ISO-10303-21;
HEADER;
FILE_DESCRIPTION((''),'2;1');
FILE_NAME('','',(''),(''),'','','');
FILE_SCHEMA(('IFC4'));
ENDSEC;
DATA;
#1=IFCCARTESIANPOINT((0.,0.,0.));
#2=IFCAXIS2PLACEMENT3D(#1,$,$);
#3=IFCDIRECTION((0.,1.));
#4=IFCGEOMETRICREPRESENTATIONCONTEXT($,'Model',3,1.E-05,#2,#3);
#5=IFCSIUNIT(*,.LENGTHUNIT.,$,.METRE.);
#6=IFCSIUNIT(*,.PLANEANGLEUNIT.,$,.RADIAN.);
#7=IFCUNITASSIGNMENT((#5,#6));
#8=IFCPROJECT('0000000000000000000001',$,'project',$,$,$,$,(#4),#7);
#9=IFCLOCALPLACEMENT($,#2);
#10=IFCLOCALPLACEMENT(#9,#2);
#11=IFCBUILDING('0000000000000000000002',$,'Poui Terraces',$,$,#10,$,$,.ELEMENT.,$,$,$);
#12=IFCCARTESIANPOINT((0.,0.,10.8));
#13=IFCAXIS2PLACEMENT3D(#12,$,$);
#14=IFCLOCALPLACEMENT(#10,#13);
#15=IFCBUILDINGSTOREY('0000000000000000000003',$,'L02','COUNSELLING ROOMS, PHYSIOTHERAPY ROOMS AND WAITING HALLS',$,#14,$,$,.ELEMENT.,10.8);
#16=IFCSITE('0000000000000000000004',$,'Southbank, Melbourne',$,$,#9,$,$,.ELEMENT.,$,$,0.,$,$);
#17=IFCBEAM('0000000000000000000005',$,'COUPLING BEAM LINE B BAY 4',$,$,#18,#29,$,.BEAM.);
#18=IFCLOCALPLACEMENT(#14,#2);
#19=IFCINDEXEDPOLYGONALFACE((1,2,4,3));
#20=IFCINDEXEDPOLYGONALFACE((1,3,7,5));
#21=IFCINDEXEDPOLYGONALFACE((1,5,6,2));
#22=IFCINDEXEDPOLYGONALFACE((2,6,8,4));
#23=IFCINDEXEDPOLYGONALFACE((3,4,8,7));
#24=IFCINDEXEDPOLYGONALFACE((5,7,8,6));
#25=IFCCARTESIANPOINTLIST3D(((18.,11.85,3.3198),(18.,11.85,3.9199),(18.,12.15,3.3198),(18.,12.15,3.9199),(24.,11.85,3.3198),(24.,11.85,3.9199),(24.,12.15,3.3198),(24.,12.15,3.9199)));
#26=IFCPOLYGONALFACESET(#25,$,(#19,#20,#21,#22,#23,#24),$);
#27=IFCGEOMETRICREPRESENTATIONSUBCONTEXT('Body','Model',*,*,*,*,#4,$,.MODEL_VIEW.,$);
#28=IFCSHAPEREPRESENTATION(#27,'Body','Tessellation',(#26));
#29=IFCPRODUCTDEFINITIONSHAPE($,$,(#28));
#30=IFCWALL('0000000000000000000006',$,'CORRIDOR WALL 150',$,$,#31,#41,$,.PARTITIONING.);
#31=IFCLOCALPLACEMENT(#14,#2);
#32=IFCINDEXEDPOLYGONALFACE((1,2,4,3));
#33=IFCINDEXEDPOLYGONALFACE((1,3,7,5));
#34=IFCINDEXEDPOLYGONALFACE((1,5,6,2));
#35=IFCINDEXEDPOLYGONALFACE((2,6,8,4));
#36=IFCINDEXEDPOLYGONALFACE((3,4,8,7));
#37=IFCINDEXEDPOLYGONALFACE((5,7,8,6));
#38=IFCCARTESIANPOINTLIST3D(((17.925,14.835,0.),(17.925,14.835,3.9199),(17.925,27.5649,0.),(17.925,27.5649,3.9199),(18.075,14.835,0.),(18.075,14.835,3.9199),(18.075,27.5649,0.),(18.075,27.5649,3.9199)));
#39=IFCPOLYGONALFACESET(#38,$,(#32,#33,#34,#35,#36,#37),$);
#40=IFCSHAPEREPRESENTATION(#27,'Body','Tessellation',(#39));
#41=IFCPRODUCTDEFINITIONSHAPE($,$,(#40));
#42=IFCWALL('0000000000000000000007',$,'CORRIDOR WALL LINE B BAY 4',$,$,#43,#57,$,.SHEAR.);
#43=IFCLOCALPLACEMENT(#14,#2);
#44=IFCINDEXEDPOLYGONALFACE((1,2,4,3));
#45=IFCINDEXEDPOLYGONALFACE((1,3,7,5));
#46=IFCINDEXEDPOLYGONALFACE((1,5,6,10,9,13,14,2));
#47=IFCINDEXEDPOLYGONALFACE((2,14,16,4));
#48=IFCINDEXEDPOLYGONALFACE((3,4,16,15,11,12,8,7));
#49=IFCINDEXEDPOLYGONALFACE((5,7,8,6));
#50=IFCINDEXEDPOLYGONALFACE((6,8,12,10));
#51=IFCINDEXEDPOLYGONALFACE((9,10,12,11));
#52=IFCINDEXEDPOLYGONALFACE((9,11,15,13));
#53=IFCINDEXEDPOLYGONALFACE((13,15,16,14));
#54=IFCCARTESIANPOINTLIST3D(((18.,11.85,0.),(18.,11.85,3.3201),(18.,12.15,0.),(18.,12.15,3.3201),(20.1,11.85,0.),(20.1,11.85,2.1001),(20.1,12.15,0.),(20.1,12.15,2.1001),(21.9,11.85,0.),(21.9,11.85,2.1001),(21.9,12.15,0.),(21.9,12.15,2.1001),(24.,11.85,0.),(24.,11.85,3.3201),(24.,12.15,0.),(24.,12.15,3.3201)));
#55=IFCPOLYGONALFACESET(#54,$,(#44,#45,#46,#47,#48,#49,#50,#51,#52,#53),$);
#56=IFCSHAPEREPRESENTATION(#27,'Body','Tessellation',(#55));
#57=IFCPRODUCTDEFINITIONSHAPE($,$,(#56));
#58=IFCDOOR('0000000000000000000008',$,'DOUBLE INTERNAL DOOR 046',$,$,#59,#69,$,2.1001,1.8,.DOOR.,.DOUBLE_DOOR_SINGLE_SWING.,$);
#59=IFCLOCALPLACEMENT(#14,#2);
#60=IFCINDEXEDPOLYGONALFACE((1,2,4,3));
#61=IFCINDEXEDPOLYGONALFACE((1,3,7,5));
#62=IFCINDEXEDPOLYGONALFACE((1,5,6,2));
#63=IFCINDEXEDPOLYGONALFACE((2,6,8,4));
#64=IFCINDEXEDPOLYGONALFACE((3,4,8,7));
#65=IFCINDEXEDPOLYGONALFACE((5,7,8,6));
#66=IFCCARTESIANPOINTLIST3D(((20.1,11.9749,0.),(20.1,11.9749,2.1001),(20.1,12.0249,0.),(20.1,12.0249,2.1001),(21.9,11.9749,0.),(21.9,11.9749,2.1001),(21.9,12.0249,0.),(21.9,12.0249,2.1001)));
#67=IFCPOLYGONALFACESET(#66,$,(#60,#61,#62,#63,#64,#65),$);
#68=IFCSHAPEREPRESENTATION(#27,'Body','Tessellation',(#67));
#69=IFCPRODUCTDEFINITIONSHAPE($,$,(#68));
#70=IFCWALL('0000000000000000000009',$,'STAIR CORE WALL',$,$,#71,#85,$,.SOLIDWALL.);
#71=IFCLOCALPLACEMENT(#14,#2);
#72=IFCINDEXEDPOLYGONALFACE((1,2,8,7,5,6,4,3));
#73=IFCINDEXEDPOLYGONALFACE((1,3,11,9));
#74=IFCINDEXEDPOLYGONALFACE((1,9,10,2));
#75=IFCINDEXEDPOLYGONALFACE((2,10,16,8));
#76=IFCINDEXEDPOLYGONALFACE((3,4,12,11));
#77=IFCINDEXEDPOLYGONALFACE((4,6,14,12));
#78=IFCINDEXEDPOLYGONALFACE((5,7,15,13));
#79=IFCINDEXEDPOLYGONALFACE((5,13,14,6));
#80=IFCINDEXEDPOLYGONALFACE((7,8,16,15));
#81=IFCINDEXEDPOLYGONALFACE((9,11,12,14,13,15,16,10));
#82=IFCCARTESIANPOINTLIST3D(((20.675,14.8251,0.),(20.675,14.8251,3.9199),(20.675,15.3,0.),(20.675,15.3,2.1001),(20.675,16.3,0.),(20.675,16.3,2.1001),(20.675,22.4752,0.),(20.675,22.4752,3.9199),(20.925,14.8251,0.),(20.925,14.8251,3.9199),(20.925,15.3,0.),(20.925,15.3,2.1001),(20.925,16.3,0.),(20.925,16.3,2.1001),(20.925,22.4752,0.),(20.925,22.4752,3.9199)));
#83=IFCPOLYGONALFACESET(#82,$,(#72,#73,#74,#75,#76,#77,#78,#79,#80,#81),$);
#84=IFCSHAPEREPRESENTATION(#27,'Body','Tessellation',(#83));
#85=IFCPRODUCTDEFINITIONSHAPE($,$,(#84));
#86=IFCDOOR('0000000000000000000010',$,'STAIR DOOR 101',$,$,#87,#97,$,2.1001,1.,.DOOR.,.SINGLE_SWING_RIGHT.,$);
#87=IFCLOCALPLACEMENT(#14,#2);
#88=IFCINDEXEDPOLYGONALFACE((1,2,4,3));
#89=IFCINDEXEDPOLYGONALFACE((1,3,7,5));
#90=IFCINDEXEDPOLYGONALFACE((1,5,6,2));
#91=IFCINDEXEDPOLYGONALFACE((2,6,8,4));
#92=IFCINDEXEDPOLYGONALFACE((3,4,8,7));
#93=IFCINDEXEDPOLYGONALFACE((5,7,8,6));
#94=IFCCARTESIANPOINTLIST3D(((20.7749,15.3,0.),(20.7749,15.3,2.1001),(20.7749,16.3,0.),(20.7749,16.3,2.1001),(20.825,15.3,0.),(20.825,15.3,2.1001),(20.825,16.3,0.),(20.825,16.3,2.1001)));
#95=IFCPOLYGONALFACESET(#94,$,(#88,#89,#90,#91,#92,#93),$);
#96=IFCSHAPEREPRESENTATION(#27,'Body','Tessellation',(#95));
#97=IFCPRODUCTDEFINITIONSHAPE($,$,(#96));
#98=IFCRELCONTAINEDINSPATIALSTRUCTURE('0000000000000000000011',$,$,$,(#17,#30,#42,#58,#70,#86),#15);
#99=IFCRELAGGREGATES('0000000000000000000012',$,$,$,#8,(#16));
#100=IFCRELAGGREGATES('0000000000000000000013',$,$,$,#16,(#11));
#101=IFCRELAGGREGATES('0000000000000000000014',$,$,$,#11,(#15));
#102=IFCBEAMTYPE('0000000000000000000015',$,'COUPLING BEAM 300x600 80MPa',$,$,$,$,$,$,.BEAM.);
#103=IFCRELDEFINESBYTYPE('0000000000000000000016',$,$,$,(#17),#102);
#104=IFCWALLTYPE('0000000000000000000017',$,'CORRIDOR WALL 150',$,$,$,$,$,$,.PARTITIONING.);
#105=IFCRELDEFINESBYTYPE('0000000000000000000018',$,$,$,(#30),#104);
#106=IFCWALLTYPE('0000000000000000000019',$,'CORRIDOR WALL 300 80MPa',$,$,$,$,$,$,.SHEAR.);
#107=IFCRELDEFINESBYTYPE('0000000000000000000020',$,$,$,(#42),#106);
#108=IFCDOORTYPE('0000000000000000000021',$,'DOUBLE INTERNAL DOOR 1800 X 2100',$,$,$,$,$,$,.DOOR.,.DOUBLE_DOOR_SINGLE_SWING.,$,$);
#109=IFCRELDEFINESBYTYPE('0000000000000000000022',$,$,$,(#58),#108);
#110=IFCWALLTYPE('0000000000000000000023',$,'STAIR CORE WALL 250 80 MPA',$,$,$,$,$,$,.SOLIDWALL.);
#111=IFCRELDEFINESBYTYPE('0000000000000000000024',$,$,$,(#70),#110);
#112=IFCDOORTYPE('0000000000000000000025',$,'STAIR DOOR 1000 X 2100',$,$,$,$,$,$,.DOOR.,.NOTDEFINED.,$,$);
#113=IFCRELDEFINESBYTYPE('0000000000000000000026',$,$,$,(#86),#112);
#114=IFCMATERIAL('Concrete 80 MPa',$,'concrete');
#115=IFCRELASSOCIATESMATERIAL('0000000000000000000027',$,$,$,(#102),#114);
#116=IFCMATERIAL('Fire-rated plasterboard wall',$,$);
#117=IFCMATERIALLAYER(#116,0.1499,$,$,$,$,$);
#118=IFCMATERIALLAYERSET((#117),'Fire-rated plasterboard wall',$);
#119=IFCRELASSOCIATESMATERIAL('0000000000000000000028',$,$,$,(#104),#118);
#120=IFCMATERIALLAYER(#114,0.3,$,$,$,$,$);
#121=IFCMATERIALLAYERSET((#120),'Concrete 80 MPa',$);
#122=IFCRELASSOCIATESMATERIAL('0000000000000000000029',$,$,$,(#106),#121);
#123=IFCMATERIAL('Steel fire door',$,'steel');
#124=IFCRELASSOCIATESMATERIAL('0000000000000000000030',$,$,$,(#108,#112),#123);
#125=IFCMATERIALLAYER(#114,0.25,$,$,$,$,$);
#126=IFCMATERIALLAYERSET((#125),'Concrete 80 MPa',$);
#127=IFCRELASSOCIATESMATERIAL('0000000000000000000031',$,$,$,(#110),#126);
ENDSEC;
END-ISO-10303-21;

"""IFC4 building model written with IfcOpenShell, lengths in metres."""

from ifc_helpers import new_model, si_unit, direction, frame, frame_2d, origin, origin_2d, place, context, subcontext, project, spatial, rectangle, extrude, source, transform, mapped, material, layer, layer_set, material_profile, profile_set, type_object, element, fill, save


model = new_model("IFC4")

# Units and contexts
model_context = context("Model", 3, precision=1e-05, world=origin(), true_north=direction((0.0, 1.0)))
body_context = subcontext(model_context, "Body", "Model", "MODEL_VIEW")
ifc_project = project(units=[si_unit("LENGTHUNIT", "METRE"), si_unit("PLANEANGLEUNIT", "RADIAN")], contexts=[model_context])

# Site, building, storey
site_placement = place(None, origin())
site = spatial("IfcSite", under=ifc_project, at=site_placement, Name="Southbank, Melbourne", CompositionType="ELEMENT", RefElevation=0.0)
building_placement = place(site_placement, origin())
building = spatial("IfcBuilding", under=site, at=building_placement, Name="Poui Terraces", CompositionType="ELEMENT")
storey_placement = place(building_placement, frame((0.0, 0.0, 10.8)))
storey = spatial("IfcBuildingStorey", under=building, at=storey_placement, Name="L02", Description="COUNSELLING ROOMS, PHYSIOTHERAPY ROOMS AND WAITING HALLS", CompositionType="ELEMENT", Elevation=10.8)

# Beam
ifc_material_1 = material(Name="Concrete 80 MPa", Category="concrete")
ifc_material_profile = material_profile(ifc_material_1, rectangle(XDim=0.3, YDim=0.6001, at=origin_2d()), Name="RC 300x600")
ifc_profile_set = profile_set([ifc_material_profile], Name="Concrete 80 MPa")
beam_type = type_object("IfcBeamType", Name="COUPLING BEAM 300x600 80MPa", PredefinedType="BEAM", material=ifc_profile_set)
shared_shape = source(origin(), body_context, "Body", "SweptSolid", [
    extrude(rectangle(XDim=0.3, YDim=0.6001, at=origin_2d()), origin(), (0.0, 0.0, 1.0), 6.0),
])
beam_placement = place(storey_placement, frame((18.0, 12.0, 3.6199), z_axis=(1.0, 0.0, 0.0), x_axis=(0.0, 1.0, 0.0)))
element("IfcBeam", 1, at=beam_placement, inside=storey, type_object=beam_type, Name="COUPLING BEAM LINE B BAY 4", PredefinedType="BEAM", context=body_context, shape_type="MappedRepresentation", body=[
    mapped(shared_shape, transform((0.0, 0.0, 0.0))),
])

# Wall
ifc_material_2 = material(Name="Fire-rated plasterboard wall")
ifc_layer_1 = layer(ifc_material_2, 0.1499)
ifc_layer_set_1 = layer_set([ifc_layer_1], Name="Fire-rated plasterboard wall")
wall_type_1 = type_object("IfcWallType", Name="CORRIDOR WALL 150", PredefinedType="PARTITIONING", material=ifc_layer_set_1)
wall_1_placement = place(storey_placement, frame((18.0, 14.835, 0.0), z_axis=(0.0, 0.0, 1.0), x_axis=(0.0, 1.0, 0.0)))
element("IfcWall", 2, at=wall_1_placement, inside=storey, type_object=wall_type_1, Name="CORRIDOR WALL 150", PredefinedType="PARTITIONING", context=body_context, shape_type="SweptSolid", body=[
    extrude(rectangle(XDim=12.73, YDim=0.1499, at=frame_2d((6.365, 0.0))), origin(), (0.0, 0.0, 1.0), 3.9199),
])

# Wall, opening, door
ifc_layer_2 = layer(ifc_material_1, 0.3)
ifc_layer_set_2 = layer_set([ifc_layer_2], Name="Concrete 80 MPa")
wall_type_2 = type_object("IfcWallType", Name="CORRIDOR WALL 300 80MPa", PredefinedType="SHEAR", material=ifc_layer_set_2)
wall_2_placement = place(storey_placement, frame((18.0, 12.0, 0.0), z_axis=(0.0, 0.0, 1.0), x_axis=(1.0, 0.0, 0.0)))
wall_2 = element("IfcWall", 3, at=wall_2_placement, inside=storey, type_object=wall_type_2, Name="CORRIDOR WALL LINE B BAY 4", PredefinedType="SHEAR", context=body_context, shape_type="SweptSolid", body=[
    extrude(rectangle(XDim=6.0, YDim=0.3, at=frame_2d((3.0, 0.0))), origin(), (0.0, 0.0, 1.0), 3.3201),
])
opening_1_placement = place(wall_2_placement, frame((2.1001, 0.0, 0.0)))
opening_1 = element("IfcOpeningElement", 4, at=opening_1_placement, cuts=wall_2, PredefinedType="OPENING", context=body_context, shape_type="SweptSolid", body=[
    extrude(rectangle(XDim=1.8, YDim=2.1001, at=frame_2d((0.8999, 1.05))), frame((0.0, 0.1602, 0.0), z_axis=(0.0, -1.0, 0.0), x_axis=(1.0, 0.0, 0.0)), (0.0, 0.0, 1.0), 0.3201),
])
ifc_material_3 = material(Name="Steel fire door", Category="steel")
door_type_1 = type_object("IfcDoorType", Name="DOUBLE INTERNAL DOOR 1800 X 2100", OperationType="DOUBLE_DOOR_SINGLE_SWING", PredefinedType="DOOR", material=ifc_material_3)
door_1_placement = place(opening_1_placement, origin())
door_1 = element("IfcDoor", 5, at=door_1_placement, inside=storey, type_object=door_type_1, Name="DOUBLE INTERNAL DOOR 046", OperationType="DOUBLE_DOOR_SINGLE_SWING", OverallHeight=2.1001, OverallWidth=1.8, PredefinedType="DOOR", context=body_context, shape_type="SweptSolid", body=[
    extrude(rectangle(XDim=1.8, YDim=2.1001, at=frame_2d((0.8999, 1.05))), frame((0.0, 0.0249, 0.0), z_axis=(0.0, -1.0, 0.0), x_axis=(1.0, 0.0, 0.0)), (0.0, 0.0, 1.0), 0.05),
])
fill(opening_1, door_1)

# Shared definitions
door_type_2 = type_object("IfcDoorType", Name="STAIR DOOR 1000 X 2100", OperationType="NOTDEFINED", PredefinedType="DOOR", material=ifc_material_3)

# Wall, opening, door
ifc_layer_3 = layer(ifc_material_1, 0.25)
ifc_layer_set_3 = layer_set([ifc_layer_3], Name="Concrete 80 MPa")
wall_type_3 = type_object("IfcWallType", Name="STAIR CORE WALL 250 80 MPA", PredefinedType="SOLIDWALL", material=ifc_layer_set_3)
wall_3_placement = place(storey_placement, frame((20.8, 14.825, 0.0), z_axis=(0.0, 0.0, 1.0), x_axis=(0.0, 1.0, 0.0)))
wall_3 = element("IfcWall", 6, at=wall_3_placement, inside=storey, type_object=wall_type_3, Name="STAIR CORE WALL", PredefinedType="SOLIDWALL", context=body_context, shape_type="SweptSolid", body=[
    extrude(rectangle(XDim=7.6501, YDim=0.25, at=frame_2d((3.8252, 0.0))), origin(), (0.0, 0.0, 1.0), 3.9199),
])
opening_2_placement = place(wall_3_placement, frame((0.4751, 0.0, 0.0)))
opening_2 = element("IfcOpeningElement", 7, at=opening_2_placement, cuts=wall_3, PredefinedType="OPENING", context=body_context, shape_type="SweptSolid", body=[
    extrude(rectangle(XDim=1.0, YDim=2.1001, at=frame_2d((0.5, 1.05))), frame((0.0, 0.135, 0.0), z_axis=(0.0, -1.0, 0.0), x_axis=(1.0, 0.0, 0.0)), (0.0, 0.0, 1.0), 0.27),
])
door_2_placement = place(opening_2_placement, frame((1.0, 0.0, 0.0), z_axis=(0.0, 0.0, 1.0), x_axis=(-1.0, 0.0, 0.0)))
door_2 = element("IfcDoor", 8, at=door_2_placement, inside=storey, type_object=door_type_2, Name="STAIR DOOR 101", OperationType="SINGLE_SWING_RIGHT", OverallHeight=2.1001, OverallWidth=1.0, PredefinedType="DOOR", context=body_context, shape_type="SweptSolid", body=[
    extrude(rectangle(XDim=1.0, YDim=2.1001, at=frame_2d((0.5, 1.05))), frame((0.0, 0.0249, 0.0), z_axis=(0.0, -1.0, 0.0), x_axis=(1.0, 0.0, 0.0)), (0.0, 0.0, 1.0), 0.05),
])
fill(opening_2, door_2)

save(model, "model.ifc")
